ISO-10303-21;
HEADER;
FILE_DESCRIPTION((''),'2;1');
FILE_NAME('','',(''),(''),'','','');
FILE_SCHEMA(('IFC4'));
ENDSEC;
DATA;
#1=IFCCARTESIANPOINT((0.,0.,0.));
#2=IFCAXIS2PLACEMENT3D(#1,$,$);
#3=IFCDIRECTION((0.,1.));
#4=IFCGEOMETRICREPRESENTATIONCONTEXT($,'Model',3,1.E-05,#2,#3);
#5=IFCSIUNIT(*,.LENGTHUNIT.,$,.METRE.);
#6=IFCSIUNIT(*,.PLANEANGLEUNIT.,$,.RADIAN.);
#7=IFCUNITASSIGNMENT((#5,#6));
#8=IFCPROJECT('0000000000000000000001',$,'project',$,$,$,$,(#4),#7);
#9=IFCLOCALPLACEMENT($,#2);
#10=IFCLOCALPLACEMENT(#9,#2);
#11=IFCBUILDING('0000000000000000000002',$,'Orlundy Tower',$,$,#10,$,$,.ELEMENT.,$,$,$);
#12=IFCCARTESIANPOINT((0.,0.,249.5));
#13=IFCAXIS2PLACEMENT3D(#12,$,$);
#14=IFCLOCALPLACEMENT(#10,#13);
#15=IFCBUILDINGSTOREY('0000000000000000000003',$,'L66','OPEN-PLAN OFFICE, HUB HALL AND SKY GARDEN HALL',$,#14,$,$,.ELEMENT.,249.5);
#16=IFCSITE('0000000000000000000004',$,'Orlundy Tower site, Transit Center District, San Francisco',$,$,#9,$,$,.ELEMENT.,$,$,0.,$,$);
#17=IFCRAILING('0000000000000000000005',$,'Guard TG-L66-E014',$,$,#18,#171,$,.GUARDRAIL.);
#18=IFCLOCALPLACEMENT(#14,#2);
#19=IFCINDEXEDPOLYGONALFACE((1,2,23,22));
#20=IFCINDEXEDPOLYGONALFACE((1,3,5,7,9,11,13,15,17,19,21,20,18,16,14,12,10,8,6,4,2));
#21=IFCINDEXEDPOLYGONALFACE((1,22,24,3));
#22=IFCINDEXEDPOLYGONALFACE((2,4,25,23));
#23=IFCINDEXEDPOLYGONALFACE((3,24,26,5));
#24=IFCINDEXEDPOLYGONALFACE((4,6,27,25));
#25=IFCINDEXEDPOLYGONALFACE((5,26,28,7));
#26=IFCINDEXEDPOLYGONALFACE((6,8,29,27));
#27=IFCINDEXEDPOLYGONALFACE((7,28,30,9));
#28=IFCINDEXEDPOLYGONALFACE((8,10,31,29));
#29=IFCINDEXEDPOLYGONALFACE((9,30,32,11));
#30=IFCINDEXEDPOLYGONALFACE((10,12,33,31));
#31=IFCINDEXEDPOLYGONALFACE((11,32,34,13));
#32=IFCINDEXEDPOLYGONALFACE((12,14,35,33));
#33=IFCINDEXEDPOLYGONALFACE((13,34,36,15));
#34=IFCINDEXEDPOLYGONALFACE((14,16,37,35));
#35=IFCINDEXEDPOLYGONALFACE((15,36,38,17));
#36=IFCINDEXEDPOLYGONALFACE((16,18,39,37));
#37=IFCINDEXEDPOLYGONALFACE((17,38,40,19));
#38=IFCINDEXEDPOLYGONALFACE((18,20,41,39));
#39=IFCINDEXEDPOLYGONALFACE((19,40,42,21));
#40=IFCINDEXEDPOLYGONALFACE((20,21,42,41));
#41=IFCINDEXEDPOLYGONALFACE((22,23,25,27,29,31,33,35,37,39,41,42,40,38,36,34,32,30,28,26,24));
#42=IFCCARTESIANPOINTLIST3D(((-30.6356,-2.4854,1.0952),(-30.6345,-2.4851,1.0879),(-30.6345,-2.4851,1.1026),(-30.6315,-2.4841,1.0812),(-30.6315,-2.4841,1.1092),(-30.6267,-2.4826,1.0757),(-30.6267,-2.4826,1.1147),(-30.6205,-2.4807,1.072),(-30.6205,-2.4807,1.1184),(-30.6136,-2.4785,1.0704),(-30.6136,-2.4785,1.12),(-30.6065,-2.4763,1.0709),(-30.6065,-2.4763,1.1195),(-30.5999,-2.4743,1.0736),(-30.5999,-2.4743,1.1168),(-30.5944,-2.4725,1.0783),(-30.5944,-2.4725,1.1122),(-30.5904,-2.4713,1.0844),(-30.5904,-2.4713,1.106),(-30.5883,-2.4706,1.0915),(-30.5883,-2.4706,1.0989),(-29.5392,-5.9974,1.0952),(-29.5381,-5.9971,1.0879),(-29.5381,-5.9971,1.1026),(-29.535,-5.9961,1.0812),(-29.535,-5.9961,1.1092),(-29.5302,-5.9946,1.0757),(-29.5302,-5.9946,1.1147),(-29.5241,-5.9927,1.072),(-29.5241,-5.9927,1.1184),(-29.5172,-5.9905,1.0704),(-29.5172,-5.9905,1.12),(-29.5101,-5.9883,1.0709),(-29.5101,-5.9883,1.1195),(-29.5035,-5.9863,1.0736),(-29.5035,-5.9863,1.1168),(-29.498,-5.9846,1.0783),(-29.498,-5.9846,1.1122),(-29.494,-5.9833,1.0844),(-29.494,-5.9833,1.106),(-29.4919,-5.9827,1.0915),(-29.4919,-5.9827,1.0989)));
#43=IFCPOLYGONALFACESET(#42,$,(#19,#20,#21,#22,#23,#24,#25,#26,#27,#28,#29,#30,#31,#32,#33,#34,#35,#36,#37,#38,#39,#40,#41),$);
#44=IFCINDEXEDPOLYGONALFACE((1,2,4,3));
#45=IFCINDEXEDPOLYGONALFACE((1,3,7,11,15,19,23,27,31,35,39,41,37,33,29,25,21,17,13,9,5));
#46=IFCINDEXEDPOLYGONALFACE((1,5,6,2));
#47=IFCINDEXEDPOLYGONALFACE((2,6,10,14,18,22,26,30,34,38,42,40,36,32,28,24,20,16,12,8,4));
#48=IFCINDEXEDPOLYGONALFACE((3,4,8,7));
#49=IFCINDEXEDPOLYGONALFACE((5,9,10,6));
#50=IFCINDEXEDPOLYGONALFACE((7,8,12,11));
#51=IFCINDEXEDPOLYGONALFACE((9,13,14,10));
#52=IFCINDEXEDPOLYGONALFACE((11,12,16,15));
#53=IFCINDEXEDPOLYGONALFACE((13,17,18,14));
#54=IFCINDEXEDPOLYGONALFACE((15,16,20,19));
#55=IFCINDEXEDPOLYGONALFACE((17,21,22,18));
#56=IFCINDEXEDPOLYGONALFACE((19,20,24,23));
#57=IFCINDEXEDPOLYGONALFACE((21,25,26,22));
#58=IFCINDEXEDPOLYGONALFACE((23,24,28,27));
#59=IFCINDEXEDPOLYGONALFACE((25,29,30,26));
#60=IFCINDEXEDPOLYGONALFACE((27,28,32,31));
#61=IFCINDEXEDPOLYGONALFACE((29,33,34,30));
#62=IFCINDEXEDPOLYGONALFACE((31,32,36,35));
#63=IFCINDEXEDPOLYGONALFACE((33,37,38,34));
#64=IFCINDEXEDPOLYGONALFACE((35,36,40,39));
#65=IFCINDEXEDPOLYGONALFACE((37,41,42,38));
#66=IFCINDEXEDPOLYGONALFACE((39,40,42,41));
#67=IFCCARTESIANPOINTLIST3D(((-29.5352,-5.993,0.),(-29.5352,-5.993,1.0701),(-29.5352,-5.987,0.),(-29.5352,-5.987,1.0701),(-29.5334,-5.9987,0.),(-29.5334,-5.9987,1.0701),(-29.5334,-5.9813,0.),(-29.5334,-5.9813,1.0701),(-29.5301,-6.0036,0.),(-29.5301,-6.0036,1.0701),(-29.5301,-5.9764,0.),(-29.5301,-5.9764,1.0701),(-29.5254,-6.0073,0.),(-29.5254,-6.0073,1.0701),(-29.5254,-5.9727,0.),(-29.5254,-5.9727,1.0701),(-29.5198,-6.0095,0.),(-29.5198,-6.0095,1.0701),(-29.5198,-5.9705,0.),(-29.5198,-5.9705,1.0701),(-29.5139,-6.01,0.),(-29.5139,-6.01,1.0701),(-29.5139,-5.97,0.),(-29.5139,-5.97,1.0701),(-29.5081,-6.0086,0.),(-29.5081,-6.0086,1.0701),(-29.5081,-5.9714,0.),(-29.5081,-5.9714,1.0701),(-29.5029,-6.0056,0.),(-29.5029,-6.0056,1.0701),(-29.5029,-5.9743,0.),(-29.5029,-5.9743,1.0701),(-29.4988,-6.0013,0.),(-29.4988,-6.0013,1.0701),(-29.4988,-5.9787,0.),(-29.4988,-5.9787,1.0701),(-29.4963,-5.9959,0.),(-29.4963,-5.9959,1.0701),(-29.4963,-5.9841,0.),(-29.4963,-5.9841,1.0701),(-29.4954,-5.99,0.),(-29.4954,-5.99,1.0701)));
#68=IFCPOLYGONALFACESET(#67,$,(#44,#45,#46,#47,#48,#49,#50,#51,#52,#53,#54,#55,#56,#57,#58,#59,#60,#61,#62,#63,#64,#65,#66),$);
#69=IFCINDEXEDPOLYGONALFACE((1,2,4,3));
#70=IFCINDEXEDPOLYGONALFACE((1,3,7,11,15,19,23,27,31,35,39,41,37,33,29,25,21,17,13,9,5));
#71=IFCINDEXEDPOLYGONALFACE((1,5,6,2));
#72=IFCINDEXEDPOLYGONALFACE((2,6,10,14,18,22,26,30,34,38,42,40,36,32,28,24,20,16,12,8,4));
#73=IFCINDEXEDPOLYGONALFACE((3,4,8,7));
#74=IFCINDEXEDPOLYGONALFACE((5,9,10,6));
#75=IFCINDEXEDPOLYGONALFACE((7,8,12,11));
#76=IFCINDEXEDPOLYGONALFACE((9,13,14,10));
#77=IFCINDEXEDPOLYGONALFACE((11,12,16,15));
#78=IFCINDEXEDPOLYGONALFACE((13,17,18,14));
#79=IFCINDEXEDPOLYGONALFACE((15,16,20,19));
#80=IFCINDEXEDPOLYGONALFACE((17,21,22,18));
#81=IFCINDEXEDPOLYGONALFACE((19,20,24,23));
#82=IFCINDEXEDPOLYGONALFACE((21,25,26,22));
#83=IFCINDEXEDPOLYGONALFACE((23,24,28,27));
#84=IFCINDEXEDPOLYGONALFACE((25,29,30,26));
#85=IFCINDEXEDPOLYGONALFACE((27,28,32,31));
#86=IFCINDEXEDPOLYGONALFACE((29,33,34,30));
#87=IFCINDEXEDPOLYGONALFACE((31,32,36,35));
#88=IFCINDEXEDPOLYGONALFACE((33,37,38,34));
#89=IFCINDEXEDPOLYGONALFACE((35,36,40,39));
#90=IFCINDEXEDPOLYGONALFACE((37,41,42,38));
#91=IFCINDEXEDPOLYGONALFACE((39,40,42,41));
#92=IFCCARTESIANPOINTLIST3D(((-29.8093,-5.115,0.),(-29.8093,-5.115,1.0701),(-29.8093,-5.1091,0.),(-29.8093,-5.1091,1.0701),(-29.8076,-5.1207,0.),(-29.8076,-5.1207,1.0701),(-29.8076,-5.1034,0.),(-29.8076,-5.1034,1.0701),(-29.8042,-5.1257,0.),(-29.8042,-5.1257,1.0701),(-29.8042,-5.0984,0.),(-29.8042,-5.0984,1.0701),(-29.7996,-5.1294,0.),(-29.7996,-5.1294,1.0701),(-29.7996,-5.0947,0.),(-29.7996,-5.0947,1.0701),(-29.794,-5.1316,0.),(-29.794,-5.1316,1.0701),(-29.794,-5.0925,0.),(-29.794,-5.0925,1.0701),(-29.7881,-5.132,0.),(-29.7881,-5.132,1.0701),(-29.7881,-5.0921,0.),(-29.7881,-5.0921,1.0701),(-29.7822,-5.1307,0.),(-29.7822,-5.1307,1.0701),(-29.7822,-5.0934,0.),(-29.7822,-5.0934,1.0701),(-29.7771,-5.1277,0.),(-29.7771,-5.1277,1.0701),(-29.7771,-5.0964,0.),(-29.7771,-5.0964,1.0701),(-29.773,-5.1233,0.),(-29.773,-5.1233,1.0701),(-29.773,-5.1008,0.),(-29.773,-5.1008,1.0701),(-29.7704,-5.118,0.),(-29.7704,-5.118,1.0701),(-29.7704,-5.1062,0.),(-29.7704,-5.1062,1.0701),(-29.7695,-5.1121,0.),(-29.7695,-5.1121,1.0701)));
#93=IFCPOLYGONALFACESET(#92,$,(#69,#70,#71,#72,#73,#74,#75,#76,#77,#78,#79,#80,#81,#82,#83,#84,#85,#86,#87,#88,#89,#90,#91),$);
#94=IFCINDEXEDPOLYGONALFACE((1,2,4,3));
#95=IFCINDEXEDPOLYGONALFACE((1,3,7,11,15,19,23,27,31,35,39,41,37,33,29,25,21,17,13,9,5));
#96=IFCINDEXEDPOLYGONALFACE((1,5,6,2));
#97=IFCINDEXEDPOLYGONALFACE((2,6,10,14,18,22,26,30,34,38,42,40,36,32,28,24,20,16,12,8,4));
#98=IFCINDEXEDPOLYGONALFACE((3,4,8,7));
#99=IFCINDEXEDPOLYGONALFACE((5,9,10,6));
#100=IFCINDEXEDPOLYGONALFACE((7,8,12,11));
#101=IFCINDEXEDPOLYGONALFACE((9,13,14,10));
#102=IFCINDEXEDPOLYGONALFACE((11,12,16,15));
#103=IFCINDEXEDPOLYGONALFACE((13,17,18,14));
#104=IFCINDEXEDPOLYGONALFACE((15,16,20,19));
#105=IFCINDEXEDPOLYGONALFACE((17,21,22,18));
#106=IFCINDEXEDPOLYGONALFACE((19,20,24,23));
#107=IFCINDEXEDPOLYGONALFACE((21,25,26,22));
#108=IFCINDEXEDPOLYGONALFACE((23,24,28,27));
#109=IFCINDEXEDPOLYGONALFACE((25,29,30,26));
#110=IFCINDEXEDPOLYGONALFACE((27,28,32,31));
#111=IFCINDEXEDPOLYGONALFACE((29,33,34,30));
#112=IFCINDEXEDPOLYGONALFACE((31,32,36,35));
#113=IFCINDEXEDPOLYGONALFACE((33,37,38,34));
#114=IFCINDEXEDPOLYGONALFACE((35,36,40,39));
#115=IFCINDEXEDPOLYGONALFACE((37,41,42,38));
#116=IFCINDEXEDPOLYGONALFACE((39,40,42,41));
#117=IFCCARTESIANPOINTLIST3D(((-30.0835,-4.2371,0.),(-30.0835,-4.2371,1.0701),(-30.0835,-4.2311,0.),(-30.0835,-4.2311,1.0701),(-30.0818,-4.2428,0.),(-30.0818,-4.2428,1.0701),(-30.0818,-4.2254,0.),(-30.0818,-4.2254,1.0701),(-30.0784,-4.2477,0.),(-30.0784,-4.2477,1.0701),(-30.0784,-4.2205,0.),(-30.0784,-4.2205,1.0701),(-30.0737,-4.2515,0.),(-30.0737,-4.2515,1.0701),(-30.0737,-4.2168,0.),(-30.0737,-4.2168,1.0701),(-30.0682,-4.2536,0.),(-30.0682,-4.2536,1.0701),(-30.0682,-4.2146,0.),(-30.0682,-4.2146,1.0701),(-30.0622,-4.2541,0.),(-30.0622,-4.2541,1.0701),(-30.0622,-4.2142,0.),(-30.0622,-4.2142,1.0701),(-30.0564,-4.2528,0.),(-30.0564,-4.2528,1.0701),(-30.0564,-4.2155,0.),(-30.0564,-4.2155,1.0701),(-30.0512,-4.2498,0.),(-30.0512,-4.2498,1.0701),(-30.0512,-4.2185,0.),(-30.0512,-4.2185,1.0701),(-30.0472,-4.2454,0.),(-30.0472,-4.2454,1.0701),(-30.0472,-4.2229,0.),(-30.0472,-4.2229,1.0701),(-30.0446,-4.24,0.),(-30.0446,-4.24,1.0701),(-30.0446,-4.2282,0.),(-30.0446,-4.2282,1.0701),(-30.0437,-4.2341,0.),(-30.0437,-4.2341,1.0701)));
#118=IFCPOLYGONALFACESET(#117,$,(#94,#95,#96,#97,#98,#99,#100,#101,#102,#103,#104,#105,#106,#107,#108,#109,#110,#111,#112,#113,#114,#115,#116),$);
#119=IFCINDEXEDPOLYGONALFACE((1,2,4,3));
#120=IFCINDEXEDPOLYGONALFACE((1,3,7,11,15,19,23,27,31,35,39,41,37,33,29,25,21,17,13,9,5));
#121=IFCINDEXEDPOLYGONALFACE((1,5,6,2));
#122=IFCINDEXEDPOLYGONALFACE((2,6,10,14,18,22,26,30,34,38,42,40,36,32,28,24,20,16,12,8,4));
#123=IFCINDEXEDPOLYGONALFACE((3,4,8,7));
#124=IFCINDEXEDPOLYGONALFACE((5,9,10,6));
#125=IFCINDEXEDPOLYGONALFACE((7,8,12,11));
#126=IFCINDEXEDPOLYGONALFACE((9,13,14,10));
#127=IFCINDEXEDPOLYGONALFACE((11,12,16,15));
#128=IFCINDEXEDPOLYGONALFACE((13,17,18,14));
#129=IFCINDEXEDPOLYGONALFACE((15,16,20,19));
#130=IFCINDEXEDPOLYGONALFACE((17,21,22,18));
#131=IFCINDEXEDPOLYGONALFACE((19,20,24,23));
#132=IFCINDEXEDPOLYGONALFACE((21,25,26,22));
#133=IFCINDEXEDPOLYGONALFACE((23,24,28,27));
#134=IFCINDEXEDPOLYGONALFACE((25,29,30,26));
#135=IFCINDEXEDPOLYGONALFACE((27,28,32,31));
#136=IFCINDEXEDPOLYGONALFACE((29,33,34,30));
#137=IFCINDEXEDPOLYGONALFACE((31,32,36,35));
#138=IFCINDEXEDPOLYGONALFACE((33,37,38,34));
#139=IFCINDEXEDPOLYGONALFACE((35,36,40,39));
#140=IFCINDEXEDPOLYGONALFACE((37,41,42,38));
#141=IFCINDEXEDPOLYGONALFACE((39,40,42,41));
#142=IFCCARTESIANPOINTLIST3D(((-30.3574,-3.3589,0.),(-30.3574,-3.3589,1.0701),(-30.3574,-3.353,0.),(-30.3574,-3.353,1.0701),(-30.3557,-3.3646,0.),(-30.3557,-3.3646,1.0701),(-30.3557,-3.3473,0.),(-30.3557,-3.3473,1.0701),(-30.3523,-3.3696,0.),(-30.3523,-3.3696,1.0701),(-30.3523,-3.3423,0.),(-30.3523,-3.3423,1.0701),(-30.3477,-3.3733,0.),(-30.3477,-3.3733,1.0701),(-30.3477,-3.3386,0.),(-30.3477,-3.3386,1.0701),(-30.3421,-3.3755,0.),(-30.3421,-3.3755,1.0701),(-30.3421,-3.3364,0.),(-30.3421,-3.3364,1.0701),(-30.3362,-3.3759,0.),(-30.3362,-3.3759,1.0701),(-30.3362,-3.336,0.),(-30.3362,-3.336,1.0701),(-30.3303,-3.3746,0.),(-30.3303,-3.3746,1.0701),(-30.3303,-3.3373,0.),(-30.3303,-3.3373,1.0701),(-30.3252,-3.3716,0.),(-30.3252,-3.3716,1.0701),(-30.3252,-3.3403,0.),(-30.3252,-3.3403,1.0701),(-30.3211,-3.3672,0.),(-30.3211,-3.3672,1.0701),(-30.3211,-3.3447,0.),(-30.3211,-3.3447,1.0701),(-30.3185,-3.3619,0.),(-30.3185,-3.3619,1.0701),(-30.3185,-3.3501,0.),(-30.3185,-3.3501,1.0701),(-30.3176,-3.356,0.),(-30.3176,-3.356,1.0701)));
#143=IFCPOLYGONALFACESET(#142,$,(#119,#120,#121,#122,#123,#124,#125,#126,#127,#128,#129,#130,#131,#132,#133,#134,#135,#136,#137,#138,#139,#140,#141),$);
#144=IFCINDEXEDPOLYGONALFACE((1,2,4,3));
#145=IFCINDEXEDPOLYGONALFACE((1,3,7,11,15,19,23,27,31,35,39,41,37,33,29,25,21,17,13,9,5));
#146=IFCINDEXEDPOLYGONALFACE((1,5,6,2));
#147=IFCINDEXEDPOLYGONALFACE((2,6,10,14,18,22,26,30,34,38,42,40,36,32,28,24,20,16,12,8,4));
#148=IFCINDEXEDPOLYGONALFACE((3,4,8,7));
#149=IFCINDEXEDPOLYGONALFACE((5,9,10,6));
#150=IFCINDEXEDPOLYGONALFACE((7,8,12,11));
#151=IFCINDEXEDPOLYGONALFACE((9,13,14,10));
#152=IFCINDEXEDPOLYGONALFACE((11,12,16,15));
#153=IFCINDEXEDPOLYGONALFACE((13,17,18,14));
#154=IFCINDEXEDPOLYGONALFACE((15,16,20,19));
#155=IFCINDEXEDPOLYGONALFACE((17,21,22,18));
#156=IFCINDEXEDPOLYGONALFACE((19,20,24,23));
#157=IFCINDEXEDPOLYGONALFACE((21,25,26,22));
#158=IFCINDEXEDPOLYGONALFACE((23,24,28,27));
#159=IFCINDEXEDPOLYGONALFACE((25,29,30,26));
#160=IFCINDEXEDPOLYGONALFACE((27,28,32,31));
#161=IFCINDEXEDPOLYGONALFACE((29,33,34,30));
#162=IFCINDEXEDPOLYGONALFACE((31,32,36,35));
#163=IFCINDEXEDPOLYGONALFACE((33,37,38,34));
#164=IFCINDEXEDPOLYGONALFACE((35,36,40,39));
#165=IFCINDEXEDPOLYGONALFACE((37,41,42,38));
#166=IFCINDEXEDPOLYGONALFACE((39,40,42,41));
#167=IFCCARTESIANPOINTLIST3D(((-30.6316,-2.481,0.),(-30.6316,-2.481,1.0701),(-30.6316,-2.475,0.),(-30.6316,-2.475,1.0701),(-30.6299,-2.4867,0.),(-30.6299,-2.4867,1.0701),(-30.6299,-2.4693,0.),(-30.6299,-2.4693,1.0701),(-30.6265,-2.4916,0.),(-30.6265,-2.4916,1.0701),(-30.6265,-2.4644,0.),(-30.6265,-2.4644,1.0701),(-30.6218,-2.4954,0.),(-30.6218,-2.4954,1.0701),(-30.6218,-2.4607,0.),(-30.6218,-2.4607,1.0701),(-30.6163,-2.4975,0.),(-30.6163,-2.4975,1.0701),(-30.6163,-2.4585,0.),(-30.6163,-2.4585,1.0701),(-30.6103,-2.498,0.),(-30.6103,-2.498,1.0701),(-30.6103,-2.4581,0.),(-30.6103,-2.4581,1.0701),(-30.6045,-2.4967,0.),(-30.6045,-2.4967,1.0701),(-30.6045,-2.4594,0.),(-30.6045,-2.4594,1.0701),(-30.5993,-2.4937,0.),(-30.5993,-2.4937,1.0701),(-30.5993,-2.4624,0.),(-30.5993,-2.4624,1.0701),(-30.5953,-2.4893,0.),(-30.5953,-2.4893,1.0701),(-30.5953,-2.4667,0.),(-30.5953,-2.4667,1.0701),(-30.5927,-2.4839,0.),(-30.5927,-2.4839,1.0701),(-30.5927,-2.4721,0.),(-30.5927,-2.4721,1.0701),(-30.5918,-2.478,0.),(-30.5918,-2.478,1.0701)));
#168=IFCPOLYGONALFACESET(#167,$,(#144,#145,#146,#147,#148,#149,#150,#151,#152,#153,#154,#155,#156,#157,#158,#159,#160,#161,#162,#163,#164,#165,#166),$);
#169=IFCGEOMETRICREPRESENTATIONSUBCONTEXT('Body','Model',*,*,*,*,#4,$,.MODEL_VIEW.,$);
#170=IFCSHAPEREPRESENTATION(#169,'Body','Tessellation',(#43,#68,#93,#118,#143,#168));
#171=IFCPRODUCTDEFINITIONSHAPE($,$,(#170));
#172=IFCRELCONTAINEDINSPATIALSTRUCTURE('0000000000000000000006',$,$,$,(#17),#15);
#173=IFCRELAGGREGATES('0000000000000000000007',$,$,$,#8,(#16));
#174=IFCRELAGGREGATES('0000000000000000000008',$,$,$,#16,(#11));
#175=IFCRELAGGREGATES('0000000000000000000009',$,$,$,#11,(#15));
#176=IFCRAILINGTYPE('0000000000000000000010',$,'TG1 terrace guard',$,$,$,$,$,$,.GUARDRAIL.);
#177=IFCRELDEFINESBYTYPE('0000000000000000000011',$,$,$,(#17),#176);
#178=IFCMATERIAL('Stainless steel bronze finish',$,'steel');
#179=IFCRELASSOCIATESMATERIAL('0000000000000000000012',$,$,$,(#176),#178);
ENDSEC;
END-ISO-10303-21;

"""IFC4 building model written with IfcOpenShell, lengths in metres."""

from ifc_helpers import new_model, si_unit, direction, frame, origin, origin_2d, place, context, subcontext, project, spatial, circle, extrude, material, type_object, element, save


model = new_model("IFC4")

# Units and contexts
model_context = context("Model", 3, precision=1e-05, world=origin(), true_north=direction((0.0, 1.0)))
body_context = subcontext(model_context, "Body", "Model", "MODEL_VIEW")
ifc_project = project(units=[si_unit("LENGTHUNIT", "METRE"), si_unit("PLANEANGLEUNIT", "RADIAN")], contexts=[model_context])

# Site, building, storey
site_placement = place(None, origin())
site = spatial("IfcSite", under=ifc_project, at=site_placement, Name="Orlundy Tower site, Transit Center District, San Francisco", CompositionType="ELEMENT", RefElevation=0.0)
building_placement = place(site_placement, origin())
building = spatial("IfcBuilding", under=site, at=building_placement, Name="Orlundy Tower", CompositionType="ELEMENT")
storey_placement = place(building_placement, frame((0.0, 0.0, 249.5)))
storey = spatial("IfcBuildingStorey", under=building, at=storey_placement, Name="L66", Description="OPEN-PLAN OFFICE, HUB HALL AND SKY GARDEN HALL", CompositionType="ELEMENT", Elevation=249.5)

# Railing
ifc_material_1 = material(Name="Stainless steel bronze finish", Category="steel")
railing_type_1 = type_object("IfcRailingType", Name="TG1 terrace guard", PredefinedType="GUARDRAIL", material=ifc_material_1)
railing_1_placement = place(storey_placement, frame((-29.5154, -5.99, 0.0)))
element("IfcRailing", 1, at=railing_1_placement, inside=storey, type_object=railing_type_1, Name="Guard TG-L66-E014", PredefinedType="GUARDRAIL", context=body_context, shape_type="SweptSolid", body=[
    extrude(circle(Radius=0.0249, at=origin_2d()), frame((0.0, 0.0, 1.0952), z_axis=(-0.298014, 0.954561, 0.0), x_axis=(-0.954561, -0.298014, 0.0)), (0.0, 0.0, 1.0), 3.6792),
    extrude(circle(Radius=0.02, at=origin_2d()), origin(), (0.0, 0.0, 1.0), 1.0701),
    extrude(circle(Radius=0.02, at=origin_2d()), frame((-0.2742, 0.8779, 0.0)), (0.0, 0.0, 1.0), 1.0701),
    extrude(circle(Radius=0.02, at=origin_2d()), frame((-0.5483, 1.7559, 0.0)), (0.0, 0.0, 1.0), 1.0701),
    extrude(circle(Radius=0.02, at=origin_2d()), frame((-0.8223, 2.634, 0.0)), (0.0, 0.0, 1.0), 1.0701),
    extrude(circle(Radius=0.02, at=origin_2d()), frame((-1.0964, 3.512, 0.0)), (0.0, 0.0, 1.0), 1.0701),
])

save(model, "model.ifc")
